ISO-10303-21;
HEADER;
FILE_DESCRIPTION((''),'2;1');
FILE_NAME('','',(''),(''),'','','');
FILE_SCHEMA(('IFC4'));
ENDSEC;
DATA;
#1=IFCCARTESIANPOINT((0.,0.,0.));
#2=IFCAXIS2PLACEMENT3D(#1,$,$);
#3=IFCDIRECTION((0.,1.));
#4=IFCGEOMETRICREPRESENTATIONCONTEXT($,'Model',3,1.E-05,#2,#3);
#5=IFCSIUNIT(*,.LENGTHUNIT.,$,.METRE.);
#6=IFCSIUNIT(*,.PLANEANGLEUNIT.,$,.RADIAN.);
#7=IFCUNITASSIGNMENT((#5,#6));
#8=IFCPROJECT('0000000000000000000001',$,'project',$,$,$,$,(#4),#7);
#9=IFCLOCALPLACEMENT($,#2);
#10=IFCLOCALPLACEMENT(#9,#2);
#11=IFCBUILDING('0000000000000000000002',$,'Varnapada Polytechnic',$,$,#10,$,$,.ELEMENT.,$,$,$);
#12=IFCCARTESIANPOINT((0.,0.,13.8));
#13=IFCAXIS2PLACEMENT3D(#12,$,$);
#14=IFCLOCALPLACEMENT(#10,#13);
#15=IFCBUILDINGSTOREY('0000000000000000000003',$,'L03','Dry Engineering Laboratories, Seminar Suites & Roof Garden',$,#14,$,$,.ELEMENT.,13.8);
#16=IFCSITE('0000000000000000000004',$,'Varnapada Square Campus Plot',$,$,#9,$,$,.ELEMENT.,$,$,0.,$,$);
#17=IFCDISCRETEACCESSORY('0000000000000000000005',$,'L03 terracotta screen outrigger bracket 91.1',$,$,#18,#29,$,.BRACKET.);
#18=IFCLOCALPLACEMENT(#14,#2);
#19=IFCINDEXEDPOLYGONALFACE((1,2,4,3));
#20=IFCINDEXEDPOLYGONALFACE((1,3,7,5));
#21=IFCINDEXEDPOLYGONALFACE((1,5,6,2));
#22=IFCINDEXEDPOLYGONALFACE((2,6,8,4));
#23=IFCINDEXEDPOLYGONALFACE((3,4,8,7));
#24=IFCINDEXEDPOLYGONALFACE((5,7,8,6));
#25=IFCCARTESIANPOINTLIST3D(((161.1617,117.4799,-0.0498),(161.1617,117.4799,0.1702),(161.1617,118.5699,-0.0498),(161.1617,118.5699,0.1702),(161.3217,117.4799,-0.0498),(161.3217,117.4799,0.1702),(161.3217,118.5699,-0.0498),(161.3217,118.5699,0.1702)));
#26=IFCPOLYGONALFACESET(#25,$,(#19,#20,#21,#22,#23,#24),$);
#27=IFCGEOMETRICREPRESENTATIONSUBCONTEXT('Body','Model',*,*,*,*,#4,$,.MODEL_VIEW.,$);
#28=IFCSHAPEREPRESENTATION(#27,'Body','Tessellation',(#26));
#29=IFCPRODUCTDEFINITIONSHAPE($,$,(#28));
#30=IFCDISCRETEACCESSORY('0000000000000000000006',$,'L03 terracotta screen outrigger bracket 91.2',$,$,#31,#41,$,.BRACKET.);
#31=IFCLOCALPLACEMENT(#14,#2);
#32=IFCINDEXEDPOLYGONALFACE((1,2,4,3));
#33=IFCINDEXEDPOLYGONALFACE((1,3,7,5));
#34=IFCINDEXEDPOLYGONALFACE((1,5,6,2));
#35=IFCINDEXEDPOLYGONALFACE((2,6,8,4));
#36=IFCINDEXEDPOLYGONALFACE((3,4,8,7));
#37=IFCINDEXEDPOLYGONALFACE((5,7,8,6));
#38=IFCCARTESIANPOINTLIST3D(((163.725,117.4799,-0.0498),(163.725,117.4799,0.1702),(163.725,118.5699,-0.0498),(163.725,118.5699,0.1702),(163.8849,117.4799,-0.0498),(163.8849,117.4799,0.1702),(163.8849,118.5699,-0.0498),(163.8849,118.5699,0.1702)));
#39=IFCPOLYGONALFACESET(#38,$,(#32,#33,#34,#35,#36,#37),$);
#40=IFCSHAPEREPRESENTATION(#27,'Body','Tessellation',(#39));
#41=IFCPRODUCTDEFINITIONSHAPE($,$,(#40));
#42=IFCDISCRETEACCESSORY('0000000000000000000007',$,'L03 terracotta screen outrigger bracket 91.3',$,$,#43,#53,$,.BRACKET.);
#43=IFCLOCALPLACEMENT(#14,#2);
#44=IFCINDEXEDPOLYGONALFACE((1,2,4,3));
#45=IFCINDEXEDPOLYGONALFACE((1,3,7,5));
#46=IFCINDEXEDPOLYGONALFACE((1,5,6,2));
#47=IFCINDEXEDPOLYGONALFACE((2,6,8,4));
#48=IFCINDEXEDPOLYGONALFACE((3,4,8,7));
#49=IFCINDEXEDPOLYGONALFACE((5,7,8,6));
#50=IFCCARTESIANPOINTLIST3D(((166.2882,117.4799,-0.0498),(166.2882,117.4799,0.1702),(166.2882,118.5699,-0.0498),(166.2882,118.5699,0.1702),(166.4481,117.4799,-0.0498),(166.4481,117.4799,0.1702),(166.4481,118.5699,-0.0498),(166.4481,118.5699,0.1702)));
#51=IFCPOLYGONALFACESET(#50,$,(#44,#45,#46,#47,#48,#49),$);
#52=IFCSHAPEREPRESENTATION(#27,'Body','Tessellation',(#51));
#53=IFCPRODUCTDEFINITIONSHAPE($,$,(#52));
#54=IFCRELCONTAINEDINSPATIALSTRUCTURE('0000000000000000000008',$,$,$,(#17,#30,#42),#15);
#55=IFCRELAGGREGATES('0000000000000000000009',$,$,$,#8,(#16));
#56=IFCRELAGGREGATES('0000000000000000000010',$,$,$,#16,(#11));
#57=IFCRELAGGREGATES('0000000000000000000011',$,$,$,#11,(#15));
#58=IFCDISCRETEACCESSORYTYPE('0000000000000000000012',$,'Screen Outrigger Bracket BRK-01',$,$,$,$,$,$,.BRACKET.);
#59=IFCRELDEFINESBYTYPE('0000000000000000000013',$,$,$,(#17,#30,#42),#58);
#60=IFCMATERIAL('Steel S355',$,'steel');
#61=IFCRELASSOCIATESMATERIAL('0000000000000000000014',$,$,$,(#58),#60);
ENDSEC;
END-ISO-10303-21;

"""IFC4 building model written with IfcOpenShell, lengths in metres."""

from ifc_helpers import new_model, si_unit, direction, frame, origin, origin_2d, place, context, subcontext, project, spatial, rectangle, extrude, material, type_object, element, save


model = new_model("IFC4")

# Units and contexts
model_context = context("Model", 3, precision=1e-05, world=origin(), true_north=direction((0.0, 1.0)))
body_context = subcontext(model_context, "Body", "Model", "MODEL_VIEW")
ifc_project = project(units=[si_unit("LENGTHUNIT", "METRE"), si_unit("PLANEANGLEUNIT", "RADIAN")], contexts=[model_context])

# Site, building, storey
site_placement = place(None, origin())
site = spatial("IfcSite", under=ifc_project, at=site_placement, Name="Varnapada Square Campus Plot", CompositionType="ELEMENT", RefElevation=0.0)
building_placement = place(site_placement, origin())
building = spatial("IfcBuilding", under=site, at=building_placement, Name="Varnapada Polytechnic", CompositionType="ELEMENT")
storey_placement = place(building_placement, frame((0.0, 0.0, 13.8)))
storey = spatial("IfcBuildingStorey", under=building, at=storey_placement, Name="L03", Description="Dry Engineering Laboratories, Seminar Suites & Roof Garden", CompositionType="ELEMENT", Elevation=13.8)

# Discrete accessories
ifc_material_1 = material(Name="Steel S355", Category="steel")
discrete_accessory_type = type_object("IfcDiscreteAccessoryType", Name="Screen Outrigger Bracket BRK-01", PredefinedType="BRACKET", material=ifc_material_1)
for number, where, z_axis, x_axis, name in (
    (1, (161.2417, 118.0249, -0.0498), (0.0, 0.0, 1.0), (1.0, 0.0, 0.0), "L03 terracotta screen outrigger bracket 91.1"),
    (2, (163.8049, 118.0249, -0.0498), (0.0, 0.0, 1.0), (1.0, 0.0, 0.0), "L03 terracotta screen outrigger bracket 91.2"),
    (3, (166.3682, 118.0249, -0.0498), (0.0, 0.0, 1.0), (1.0, 0.0, 0.0), "L03 terracotta screen outrigger bracket 91.3"),
):
    element("IfcDiscreteAccessory", number, at=place(storey_placement, frame(where, z_axis=z_axis, x_axis=x_axis)), inside=storey, type_object=discrete_accessory_type, Name=name, PredefinedType="BRACKET", context=body_context, shape_type="SweptSolid", body=[
        extrude(rectangle(XDim=0.1599, YDim=1.0901, at=origin_2d()), origin(), (0.0, 0.0, 1.0), 0.22),
    ])

save(model, "model.ifc")
